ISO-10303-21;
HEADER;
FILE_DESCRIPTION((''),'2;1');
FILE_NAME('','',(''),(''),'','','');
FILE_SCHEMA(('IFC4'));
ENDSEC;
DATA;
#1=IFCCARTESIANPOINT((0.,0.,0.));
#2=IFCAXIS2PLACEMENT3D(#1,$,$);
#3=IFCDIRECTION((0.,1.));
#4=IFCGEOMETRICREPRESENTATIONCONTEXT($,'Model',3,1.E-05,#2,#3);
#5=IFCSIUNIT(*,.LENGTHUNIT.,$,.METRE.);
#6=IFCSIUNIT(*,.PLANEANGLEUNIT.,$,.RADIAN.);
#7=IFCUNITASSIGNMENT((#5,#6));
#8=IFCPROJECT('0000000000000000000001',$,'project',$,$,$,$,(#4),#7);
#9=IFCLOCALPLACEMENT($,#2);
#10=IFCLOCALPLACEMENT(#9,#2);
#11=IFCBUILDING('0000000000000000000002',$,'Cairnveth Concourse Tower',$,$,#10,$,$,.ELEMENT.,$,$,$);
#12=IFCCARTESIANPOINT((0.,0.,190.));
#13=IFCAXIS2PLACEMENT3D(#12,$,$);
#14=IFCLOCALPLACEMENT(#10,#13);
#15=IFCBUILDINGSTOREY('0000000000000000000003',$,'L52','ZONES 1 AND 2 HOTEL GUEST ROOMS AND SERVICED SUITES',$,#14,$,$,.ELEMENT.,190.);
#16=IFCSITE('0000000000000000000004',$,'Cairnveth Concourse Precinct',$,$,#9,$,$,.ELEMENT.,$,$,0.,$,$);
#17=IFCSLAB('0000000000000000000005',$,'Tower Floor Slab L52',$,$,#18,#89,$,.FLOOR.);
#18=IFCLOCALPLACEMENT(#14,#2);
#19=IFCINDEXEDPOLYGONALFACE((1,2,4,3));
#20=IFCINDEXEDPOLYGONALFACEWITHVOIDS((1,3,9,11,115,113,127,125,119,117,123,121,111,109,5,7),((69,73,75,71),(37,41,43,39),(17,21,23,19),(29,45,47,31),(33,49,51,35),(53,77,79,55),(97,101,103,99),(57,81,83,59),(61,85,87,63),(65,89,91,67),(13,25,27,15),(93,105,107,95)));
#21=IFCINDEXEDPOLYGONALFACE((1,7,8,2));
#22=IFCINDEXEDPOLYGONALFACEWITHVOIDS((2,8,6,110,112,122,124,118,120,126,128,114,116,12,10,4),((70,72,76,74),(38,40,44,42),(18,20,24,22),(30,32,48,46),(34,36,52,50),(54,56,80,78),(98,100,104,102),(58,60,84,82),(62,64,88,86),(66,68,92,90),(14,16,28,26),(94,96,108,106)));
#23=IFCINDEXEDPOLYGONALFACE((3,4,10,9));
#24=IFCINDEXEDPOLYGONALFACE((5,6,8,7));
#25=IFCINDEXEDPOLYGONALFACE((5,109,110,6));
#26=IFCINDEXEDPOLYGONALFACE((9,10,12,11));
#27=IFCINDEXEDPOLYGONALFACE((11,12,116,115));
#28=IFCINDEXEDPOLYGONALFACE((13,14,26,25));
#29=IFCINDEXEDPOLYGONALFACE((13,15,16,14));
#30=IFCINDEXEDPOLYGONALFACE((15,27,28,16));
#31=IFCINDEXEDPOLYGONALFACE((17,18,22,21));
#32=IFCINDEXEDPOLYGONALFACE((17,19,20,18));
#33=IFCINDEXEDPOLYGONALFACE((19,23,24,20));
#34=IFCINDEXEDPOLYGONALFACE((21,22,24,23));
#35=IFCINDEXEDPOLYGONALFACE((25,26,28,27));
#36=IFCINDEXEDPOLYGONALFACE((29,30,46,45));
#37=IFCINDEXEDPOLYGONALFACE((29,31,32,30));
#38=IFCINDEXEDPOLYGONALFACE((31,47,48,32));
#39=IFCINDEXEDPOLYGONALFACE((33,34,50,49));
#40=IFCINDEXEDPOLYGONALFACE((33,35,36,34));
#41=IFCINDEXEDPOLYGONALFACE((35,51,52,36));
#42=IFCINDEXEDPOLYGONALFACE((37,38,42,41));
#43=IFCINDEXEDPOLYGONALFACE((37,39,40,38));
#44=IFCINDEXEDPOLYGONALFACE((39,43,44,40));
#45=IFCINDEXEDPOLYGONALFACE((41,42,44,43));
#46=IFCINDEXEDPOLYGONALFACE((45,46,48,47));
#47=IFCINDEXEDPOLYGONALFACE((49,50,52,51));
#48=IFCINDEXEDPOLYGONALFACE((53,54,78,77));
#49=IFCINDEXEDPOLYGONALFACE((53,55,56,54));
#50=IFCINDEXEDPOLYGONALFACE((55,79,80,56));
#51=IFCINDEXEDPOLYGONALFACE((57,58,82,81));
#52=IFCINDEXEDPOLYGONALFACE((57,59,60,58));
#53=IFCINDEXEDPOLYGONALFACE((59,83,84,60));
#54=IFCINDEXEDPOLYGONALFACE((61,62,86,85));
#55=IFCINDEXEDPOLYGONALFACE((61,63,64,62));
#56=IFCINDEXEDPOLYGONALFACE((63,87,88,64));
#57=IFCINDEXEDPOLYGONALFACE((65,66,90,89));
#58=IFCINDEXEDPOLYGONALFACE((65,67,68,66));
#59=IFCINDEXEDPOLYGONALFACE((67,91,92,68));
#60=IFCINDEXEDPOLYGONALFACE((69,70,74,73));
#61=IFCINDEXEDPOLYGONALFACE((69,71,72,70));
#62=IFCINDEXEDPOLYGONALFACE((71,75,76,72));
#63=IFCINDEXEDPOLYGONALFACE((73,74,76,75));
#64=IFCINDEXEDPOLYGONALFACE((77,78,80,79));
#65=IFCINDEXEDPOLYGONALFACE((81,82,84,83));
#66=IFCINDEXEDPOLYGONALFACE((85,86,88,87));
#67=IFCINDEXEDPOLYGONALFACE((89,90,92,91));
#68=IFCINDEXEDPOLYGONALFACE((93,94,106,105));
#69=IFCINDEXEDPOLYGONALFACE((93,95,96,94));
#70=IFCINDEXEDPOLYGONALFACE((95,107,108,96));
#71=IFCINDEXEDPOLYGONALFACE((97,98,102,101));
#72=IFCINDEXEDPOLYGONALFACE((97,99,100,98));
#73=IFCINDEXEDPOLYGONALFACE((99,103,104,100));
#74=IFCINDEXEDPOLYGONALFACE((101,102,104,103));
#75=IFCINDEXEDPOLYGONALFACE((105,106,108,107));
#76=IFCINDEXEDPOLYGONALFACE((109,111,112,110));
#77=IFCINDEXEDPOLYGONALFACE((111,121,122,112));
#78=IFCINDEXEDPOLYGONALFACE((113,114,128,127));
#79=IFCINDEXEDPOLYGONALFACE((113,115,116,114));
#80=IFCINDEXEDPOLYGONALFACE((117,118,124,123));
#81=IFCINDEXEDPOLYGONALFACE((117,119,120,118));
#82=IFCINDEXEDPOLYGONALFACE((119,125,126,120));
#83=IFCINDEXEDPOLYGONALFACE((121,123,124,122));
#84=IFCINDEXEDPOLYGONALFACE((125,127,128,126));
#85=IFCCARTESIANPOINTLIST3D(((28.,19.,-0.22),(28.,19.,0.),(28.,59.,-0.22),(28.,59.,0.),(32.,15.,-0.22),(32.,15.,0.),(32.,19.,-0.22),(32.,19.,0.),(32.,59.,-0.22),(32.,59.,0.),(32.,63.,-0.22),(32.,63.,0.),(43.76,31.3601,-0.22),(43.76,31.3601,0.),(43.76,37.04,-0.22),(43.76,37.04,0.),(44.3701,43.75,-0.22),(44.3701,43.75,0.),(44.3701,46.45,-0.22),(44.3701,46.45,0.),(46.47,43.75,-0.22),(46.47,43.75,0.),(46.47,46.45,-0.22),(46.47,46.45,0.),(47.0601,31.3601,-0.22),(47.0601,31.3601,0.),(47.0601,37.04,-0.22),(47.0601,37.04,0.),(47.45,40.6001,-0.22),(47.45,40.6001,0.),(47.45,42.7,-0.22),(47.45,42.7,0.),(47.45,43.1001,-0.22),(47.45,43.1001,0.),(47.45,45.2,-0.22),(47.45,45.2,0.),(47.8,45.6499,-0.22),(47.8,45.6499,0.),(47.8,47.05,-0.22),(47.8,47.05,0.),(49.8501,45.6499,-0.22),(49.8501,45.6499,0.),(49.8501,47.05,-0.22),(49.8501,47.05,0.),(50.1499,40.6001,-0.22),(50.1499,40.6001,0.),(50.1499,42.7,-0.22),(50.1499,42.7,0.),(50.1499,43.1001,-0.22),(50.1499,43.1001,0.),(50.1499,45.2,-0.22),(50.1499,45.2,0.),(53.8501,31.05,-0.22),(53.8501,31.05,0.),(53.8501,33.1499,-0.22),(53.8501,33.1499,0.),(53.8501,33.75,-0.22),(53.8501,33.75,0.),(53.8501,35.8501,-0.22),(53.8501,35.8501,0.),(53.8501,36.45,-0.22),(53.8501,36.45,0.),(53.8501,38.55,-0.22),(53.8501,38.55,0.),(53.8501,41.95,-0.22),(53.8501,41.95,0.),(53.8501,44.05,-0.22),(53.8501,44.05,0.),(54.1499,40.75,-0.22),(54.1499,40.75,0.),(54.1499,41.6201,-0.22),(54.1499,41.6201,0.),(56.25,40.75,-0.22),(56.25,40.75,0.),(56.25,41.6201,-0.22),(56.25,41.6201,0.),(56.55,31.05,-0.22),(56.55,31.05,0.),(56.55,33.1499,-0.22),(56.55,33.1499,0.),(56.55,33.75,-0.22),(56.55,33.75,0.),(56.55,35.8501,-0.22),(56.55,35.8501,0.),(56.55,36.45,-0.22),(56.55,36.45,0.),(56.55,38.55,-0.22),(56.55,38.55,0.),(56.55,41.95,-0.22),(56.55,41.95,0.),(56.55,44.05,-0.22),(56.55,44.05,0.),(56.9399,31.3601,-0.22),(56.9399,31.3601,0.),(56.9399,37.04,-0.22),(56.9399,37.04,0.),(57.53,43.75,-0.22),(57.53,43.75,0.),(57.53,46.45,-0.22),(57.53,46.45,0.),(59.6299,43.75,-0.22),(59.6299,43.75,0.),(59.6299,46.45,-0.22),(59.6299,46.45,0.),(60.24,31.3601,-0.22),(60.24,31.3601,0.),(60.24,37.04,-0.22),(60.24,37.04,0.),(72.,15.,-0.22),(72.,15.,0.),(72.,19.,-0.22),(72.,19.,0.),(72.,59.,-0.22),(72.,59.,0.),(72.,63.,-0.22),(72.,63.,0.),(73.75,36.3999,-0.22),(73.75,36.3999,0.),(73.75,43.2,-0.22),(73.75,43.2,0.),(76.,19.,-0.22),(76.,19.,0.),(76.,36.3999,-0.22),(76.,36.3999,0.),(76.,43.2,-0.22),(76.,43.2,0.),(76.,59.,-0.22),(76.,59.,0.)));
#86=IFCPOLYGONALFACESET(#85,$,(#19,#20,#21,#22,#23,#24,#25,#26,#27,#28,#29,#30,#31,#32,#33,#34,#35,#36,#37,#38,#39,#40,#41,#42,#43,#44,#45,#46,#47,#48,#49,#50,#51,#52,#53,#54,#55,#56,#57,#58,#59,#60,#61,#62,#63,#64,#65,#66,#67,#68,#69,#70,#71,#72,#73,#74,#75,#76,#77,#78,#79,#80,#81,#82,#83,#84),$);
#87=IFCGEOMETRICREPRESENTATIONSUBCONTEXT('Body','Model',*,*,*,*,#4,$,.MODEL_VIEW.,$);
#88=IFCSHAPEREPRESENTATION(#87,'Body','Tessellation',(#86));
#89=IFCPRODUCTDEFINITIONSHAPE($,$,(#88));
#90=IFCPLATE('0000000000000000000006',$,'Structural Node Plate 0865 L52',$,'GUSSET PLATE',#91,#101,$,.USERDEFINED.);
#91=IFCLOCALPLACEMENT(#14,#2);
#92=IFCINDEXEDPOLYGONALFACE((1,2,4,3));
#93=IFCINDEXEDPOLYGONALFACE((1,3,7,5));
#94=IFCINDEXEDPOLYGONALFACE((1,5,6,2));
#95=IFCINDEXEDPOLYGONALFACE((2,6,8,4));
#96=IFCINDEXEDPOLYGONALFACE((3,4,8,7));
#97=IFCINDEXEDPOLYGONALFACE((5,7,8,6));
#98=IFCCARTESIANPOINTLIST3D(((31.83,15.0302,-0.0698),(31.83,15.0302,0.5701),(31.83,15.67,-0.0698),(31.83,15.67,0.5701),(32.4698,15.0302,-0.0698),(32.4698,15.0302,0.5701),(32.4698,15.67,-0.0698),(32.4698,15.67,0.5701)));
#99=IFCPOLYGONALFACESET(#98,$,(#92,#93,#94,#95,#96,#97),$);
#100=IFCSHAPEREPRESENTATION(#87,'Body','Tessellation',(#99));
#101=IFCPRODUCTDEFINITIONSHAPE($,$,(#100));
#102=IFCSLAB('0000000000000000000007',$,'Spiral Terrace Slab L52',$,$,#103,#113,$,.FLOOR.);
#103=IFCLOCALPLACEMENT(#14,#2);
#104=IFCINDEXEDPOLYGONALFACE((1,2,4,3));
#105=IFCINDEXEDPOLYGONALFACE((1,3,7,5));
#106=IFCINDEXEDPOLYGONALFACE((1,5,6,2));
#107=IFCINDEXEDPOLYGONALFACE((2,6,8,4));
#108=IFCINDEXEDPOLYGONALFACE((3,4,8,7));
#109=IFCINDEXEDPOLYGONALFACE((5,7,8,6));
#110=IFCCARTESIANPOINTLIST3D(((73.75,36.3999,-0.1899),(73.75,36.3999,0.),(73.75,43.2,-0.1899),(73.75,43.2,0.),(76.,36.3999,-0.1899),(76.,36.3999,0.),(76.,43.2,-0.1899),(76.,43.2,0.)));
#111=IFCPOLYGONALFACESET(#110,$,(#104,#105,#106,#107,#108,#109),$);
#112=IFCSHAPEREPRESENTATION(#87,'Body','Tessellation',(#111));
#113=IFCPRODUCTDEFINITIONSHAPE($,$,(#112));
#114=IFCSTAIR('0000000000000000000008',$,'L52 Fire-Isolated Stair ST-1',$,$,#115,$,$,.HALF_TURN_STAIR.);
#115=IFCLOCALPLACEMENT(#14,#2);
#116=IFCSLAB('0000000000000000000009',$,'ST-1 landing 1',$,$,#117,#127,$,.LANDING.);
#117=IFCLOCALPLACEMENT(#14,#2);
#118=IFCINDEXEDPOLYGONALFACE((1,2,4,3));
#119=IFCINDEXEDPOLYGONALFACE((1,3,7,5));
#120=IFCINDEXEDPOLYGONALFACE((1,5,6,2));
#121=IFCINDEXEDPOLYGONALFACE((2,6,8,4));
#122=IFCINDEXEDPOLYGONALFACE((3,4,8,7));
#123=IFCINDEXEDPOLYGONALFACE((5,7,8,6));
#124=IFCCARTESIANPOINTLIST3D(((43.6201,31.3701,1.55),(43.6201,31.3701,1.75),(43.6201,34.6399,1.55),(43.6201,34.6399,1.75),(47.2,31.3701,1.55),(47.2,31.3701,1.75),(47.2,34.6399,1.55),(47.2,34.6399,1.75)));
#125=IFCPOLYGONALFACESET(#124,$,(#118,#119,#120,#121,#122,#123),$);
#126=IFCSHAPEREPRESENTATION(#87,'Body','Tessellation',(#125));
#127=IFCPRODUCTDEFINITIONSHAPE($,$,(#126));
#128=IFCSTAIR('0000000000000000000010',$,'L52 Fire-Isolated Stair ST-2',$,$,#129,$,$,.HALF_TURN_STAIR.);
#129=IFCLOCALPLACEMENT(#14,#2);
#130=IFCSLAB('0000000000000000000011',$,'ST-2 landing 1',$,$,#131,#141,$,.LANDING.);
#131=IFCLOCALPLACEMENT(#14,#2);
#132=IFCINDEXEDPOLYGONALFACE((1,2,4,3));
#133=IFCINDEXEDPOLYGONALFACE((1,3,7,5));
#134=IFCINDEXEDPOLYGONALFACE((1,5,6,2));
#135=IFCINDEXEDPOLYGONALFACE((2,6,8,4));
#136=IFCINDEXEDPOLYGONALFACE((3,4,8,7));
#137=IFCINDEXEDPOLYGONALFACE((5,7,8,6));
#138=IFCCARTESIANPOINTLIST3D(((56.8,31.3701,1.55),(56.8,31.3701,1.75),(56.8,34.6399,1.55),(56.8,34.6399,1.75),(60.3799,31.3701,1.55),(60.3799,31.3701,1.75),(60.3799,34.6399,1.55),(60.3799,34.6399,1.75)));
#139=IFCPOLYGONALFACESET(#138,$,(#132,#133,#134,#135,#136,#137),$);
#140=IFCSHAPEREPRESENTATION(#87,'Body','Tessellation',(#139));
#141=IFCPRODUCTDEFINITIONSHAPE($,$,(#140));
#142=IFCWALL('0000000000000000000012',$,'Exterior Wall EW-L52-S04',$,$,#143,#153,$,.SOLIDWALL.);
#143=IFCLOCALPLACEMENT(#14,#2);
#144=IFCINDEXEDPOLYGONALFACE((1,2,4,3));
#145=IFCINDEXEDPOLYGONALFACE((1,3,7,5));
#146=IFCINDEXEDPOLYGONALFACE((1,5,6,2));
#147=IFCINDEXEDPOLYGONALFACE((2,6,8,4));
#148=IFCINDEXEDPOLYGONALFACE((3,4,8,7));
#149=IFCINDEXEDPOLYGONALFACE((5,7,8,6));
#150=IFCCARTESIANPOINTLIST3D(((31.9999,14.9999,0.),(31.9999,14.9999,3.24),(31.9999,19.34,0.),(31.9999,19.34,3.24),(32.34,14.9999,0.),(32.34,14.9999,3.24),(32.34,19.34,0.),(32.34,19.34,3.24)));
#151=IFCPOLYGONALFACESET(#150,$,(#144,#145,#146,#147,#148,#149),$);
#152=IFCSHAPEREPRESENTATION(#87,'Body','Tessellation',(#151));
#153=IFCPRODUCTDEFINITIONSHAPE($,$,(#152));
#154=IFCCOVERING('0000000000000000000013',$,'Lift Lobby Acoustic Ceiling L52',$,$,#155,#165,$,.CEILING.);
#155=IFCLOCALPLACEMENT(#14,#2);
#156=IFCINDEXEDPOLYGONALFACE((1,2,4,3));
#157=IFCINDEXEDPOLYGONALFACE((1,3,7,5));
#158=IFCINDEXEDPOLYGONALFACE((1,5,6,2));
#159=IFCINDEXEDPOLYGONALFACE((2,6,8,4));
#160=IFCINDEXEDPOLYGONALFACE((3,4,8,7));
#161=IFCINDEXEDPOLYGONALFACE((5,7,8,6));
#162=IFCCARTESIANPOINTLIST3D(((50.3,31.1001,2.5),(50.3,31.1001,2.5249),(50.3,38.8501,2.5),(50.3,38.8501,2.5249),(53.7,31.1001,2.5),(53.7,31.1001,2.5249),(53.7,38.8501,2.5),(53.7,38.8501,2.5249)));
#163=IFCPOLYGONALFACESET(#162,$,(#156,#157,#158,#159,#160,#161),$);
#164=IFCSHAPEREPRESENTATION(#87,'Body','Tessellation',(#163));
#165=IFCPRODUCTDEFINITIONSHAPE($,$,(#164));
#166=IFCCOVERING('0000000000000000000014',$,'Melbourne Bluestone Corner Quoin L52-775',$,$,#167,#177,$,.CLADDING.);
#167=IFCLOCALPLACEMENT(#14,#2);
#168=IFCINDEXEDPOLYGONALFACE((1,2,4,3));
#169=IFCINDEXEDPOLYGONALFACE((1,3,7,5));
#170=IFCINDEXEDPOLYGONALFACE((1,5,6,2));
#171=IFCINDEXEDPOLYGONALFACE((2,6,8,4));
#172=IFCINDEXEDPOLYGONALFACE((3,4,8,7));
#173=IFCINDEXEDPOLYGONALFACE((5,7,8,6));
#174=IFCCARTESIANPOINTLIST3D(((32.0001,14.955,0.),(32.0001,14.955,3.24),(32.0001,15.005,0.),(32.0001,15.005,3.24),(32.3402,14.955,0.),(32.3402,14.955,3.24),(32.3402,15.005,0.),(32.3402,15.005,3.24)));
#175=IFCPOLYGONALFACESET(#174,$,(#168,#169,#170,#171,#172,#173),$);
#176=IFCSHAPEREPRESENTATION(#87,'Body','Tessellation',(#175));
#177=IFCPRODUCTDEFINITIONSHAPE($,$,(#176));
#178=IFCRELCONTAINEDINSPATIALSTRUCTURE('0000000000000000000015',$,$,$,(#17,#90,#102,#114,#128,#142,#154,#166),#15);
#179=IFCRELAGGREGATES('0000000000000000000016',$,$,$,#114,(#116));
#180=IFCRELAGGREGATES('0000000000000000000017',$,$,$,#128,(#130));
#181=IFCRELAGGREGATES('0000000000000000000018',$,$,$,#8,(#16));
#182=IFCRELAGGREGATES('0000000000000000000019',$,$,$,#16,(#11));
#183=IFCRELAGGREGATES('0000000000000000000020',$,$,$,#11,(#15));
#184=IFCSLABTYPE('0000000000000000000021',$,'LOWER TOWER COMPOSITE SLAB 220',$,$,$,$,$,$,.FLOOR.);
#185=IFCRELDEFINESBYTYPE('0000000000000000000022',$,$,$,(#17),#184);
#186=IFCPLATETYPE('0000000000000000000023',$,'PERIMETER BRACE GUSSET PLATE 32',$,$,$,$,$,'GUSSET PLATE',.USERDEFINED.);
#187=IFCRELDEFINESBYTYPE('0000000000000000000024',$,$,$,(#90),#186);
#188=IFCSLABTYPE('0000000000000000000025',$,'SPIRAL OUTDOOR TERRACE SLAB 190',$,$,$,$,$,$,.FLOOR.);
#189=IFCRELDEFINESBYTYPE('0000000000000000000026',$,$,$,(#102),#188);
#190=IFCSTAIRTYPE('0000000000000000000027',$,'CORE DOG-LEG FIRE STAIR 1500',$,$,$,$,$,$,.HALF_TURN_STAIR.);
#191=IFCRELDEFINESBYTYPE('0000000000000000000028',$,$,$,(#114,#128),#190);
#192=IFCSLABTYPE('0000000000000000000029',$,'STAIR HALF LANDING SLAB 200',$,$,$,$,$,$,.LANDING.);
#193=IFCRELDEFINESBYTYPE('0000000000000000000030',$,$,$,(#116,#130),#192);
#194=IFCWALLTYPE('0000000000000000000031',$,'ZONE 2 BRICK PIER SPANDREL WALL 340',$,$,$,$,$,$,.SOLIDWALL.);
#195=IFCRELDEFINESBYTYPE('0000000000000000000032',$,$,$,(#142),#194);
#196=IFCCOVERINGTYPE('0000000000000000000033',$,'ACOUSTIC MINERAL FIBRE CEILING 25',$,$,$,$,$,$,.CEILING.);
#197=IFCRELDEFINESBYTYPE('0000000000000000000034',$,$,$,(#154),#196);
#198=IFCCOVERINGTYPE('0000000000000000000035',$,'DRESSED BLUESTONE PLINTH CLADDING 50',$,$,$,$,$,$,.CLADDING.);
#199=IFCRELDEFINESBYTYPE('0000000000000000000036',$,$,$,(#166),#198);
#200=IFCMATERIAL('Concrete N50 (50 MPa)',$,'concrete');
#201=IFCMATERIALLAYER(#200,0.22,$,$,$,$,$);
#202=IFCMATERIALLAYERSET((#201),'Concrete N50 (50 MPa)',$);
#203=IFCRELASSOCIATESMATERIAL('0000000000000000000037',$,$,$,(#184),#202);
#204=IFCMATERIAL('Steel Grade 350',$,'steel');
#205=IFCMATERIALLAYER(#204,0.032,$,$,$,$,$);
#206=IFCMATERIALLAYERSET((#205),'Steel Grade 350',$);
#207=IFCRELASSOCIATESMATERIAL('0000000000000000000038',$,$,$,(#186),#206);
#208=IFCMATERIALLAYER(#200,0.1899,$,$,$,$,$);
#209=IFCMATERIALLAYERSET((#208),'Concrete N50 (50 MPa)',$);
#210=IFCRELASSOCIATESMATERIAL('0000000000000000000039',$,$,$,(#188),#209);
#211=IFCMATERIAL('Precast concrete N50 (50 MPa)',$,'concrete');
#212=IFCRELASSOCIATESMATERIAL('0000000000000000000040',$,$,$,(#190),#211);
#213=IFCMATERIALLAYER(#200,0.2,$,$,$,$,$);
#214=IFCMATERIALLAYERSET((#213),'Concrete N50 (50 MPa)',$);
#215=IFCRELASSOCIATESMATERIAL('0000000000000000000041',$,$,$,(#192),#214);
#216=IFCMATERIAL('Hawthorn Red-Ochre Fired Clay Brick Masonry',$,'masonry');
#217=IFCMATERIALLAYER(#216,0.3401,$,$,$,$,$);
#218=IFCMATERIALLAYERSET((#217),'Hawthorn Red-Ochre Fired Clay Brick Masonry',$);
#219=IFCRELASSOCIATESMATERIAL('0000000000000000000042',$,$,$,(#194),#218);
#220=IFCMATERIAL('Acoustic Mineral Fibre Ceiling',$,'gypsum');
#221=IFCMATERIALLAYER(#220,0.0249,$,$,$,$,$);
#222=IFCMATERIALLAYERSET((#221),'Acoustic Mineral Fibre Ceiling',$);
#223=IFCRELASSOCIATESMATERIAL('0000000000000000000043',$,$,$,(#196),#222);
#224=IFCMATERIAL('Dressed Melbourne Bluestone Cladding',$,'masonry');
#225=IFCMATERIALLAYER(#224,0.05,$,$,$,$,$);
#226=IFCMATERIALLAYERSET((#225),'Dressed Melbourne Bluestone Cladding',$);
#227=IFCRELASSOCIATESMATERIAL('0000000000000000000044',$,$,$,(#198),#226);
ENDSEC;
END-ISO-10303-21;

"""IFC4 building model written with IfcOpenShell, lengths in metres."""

from ifc_helpers import new_model, si_unit, direction, frame, frame_2d, origin, origin_2d, place, context, subcontext, project, spatial, polyline, rectangle, outline, extrude, material, layer, layer_set, type_object, element, aggregate, save


model = new_model("IFC4")

# Units and contexts
model_context = context("Model", 3, precision=1e-05, world=origin(), true_north=direction((0.0, 1.0)))
body_context = subcontext(model_context, "Body", "Model", "MODEL_VIEW")
ifc_project = project(units=[si_unit("LENGTHUNIT", "METRE"), si_unit("PLANEANGLEUNIT", "RADIAN")], contexts=[model_context])

# Site, building, storey
site_placement = place(None, origin())
site = spatial("IfcSite", under=ifc_project, at=site_placement, Name="Cairnveth Concourse Precinct", CompositionType="ELEMENT", RefElevation=0.0)
building_placement = place(site_placement, origin())
building = spatial("IfcBuilding", under=site, at=building_placement, Name="Cairnveth Concourse Tower", CompositionType="ELEMENT")
storey_placement = place(building_placement, frame((0.0, 0.0, 190.0)))
storey = spatial("IfcBuildingStorey", under=building, at=storey_placement, Name="L52", Description="ZONES 1 AND 2 HOTEL GUEST ROOMS AND SERVICED SUITES", CompositionType="ELEMENT", Elevation=190.0)

# Shared definitions
ifc_material_1 = material(Name="Steel Grade 350", Category="steel")

# Slab
ifc_material_2 = material(Name="Concrete N50 (50 MPa)", Category="concrete")
ifc_layer_1 = layer(ifc_material_2, 0.22)
ifc_layer_set_1 = layer_set([ifc_layer_1], Name="Concrete N50 (50 MPa)")
slab_type_1 = type_object("IfcSlabType", Name="LOWER TOWER COMPOSITE SLAB 220", PredefinedType="FLOOR", material=ifc_layer_set_1)
slab_1_placement = place(storey_placement, frame((0.0, 0.0, -0.22)))
element("IfcSlab", 1, at=slab_1_placement, inside=storey, type_object=slab_type_1, Name="Tower Floor Slab L52", PredefinedType="FLOOR", context=body_context, shape_type="SweptSolid", body=[
    extrude(outline(polyline([(76.0, 36.3999), (73.75, 36.3999), (73.75, 43.2), (76.0, 43.2), (76.0, 59.0), (72.0, 59.0), (72.0, 63.0), (32.0, 63.0), (32.0, 59.0), (28.0, 59.0), (28.0, 19.0), (32.0, 19.0), (32.0, 15.0), (72.0, 15.0), (72.0, 19.0), (76.0, 19.0), (76.0, 36.3999)]), holes=[polyline([(43.76, 31.3601), (47.0601, 31.3601), (47.0601, 37.04), (43.76, 37.04), (43.76, 31.3601)]), polyline([(56.9399, 31.3601), (60.24, 31.3601), (60.24, 37.04), (56.9399, 37.04), (56.9399, 31.3601)]), polyline([(44.3701, 43.75), (46.47, 43.75), (46.47, 46.45), (44.3701, 46.45), (44.3701, 43.75)]), polyline([(57.53, 43.75), (59.6299, 43.75), (59.6299, 46.45), (57.53, 46.45), (57.53, 43.75)]), polyline([(53.8501, 31.05), (56.55, 31.05), (56.55, 33.1499), (53.8501, 33.1499), (53.8501, 31.05)]), polyline([(53.8501, 33.75), (56.55, 33.75), (56.55, 35.8501), (53.8501, 35.8501), (53.8501, 33.75)]), polyline([(53.8501, 36.45), (56.55, 36.45), (56.55, 38.55), (53.8501, 38.55), (53.8501, 36.45)]), polyline([(47.45, 40.6001), (50.1499, 40.6001), (50.1499, 42.7), (47.45, 42.7), (47.45, 40.6001)]), polyline([(47.45, 43.1001), (50.1499, 43.1001), (50.1499, 45.2), (47.45, 45.2), (47.45, 43.1001)]), polyline([(53.8501, 41.95), (56.55, 41.95), (56.55, 44.05), (53.8501, 44.05), (53.8501, 41.95)]), polyline([(47.8, 45.6499), (49.8501, 45.6499), (49.8501, 47.05), (47.8, 47.05), (47.8, 45.6499)]), polyline([(54.1499, 40.75), (56.25, 40.75), (56.25, 41.6201), (54.1499, 41.6201), (54.1499, 40.75)])]), origin(), (0.0, 0.0, 1.0), 0.22),
])

# Plate
ifc_layer_2 = layer(ifc_material_1, 0.032)
ifc_layer_set_2 = layer_set([ifc_layer_2], Name="Steel Grade 350")
plate_type = type_object("IfcPlateType", Name="PERIMETER BRACE GUSSET PLATE 32", ElementType="GUSSET PLATE", PredefinedType="USERDEFINED", material=ifc_layer_set_2)
plate_placement = place(storey_placement, frame((32.1499, 15.3501, -0.0698), z_axis=(0.0, 0.0, 1.0), x_axis=(1.0, 0.0, 0.0)))
element("IfcPlate", 2, at=plate_placement, inside=storey, type_object=plate_type, Name="Structural Node Plate 0865 L52", ObjectType="GUSSET PLATE", PredefinedType="USERDEFINED", context=body_context, shape_type="SweptSolid", body=[
    extrude(rectangle(XDim=0.6399, YDim=0.6399, at=origin_2d()), origin(), (0.0, 0.0, 1.0), 0.6399),
])

# Slab
ifc_layer_3 = layer(ifc_material_2, 0.1899)
ifc_layer_set_3 = layer_set([ifc_layer_3], Name="Concrete N50 (50 MPa)")
slab_type_2 = type_object("IfcSlabType", Name="SPIRAL OUTDOOR TERRACE SLAB 190", PredefinedType="FLOOR", material=ifc_layer_set_3)
slab_2_placement = place(storey_placement, frame((0.0, 0.0, -0.1899)))
element("IfcSlab", 3, at=slab_2_placement, inside=storey, type_object=slab_type_2, Name="Spiral Terrace Slab L52", PredefinedType="FLOOR", context=body_context, shape_type="SweptSolid", body=[
    extrude(outline(polyline([(73.75, 36.3999), (76.0, 36.3999), (76.0, 43.2), (73.75, 43.2), (73.75, 36.3999)])), origin(), (0.0, 0.0, 1.0), 0.1899),
])

# Stairs, slabs
ifc_material_3 = material(Name="Precast concrete N50 (50 MPa)", Category="concrete")
stair_type = type_object("IfcStairType", Name="CORE DOG-LEG FIRE STAIR 1500", PredefinedType="HALF_TURN_STAIR", material=ifc_material_3)
stair_1_placement = place(storey_placement, origin())
stair_1 = element("IfcStair", 4, at=stair_1_placement, inside=storey, type_object=stair_type, Name="L52 Fire-Isolated Stair ST-1", PredefinedType="HALF_TURN_STAIR")
ifc_layer_4 = layer(ifc_material_2, 0.2)
ifc_layer_set_4 = layer_set([ifc_layer_4], Name="Concrete N50 (50 MPa)")
slab_type_3 = type_object("IfcSlabType", Name="STAIR HALF LANDING SLAB 200", PredefinedType="LANDING", material=ifc_layer_set_4)
slab_3_placement = place(storey_placement, frame((0.0, 0.0, 1.55)))
slab_3 = element("IfcSlab", 5, at=slab_3_placement, type_object=slab_type_3, Name="ST-1 landing 1", PredefinedType="LANDING", context=body_context, shape_type="SweptSolid", body=[
    extrude(outline(polyline([(43.6201, 34.6399), (43.6201, 31.3701), (47.2, 31.3701), (47.2, 34.6399), (43.6201, 34.6399)])), origin(), (0.0, 0.0, 1.0), 0.2),
])
aggregate(stair_1, [slab_3])
stair_2_placement = place(storey_placement, origin())
stair_2 = element("IfcStair", 6, at=stair_2_placement, inside=storey, type_object=stair_type, Name="L52 Fire-Isolated Stair ST-2", PredefinedType="HALF_TURN_STAIR")
slab_4_placement = place(storey_placement, frame((0.0, 0.0, 1.55)))
slab_4 = element("IfcSlab", 7, at=slab_4_placement, type_object=slab_type_3, Name="ST-2 landing 1", PredefinedType="LANDING", context=body_context, shape_type="SweptSolid", body=[
    extrude(outline(polyline([(56.8, 34.6399), (56.8, 31.3701), (60.3799, 31.3701), (60.3799, 34.6399), (56.8, 34.6399)])), origin(), (0.0, 0.0, 1.0), 0.2),
])
aggregate(stair_2, [slab_4])

# Wall
ifc_material_4 = material(Name="Hawthorn Red-Ochre Fired Clay Brick Masonry", Category="masonry")
ifc_layer_5 = layer(ifc_material_4, 0.3401)
ifc_layer_set_5 = layer_set([ifc_layer_5], Name="Hawthorn Red-Ochre Fired Clay Brick Masonry")
wall_type = type_object("IfcWallType", Name="ZONE 2 BRICK PIER SPANDREL WALL 340", PredefinedType="SOLIDWALL", material=ifc_layer_set_5)
wall_1_placement = place(storey_placement, frame((32.1699, 15.0, 0.0), z_axis=(0.0, 0.0, 1.0), x_axis=(0.0, 1.0, 0.0)))
element("IfcWall", 8, at=wall_1_placement, inside=storey, type_object=wall_type, Name="Exterior Wall EW-L52-S04", PredefinedType="SOLIDWALL", context=body_context, shape_type="SweptSolid", body=[
    extrude(rectangle(XDim=4.3401, YDim=0.3401, at=frame_2d((2.1699, 0.0))), origin(), (0.0, 0.0, 1.0), 3.24),
])

# Coverings
ifc_material_5 = material(Name="Acoustic Mineral Fibre Ceiling", Category="gypsum")
ifc_layer_6 = layer(ifc_material_5, 0.0249)
ifc_layer_set_6 = layer_set([ifc_layer_6], Name="Acoustic Mineral Fibre Ceiling")
covering_type_1 = type_object("IfcCoveringType", Name="ACOUSTIC MINERAL FIBRE CEILING 25", PredefinedType="CEILING", material=ifc_layer_set_6)
covering_1_placement = place(storey_placement, frame((0.0, 0.0, 2.5)))
element("IfcCovering", 9, at=covering_1_placement, inside=storey, type_object=covering_type_1, Name="Lift Lobby Acoustic Ceiling L52", PredefinedType="CEILING", context=body_context, shape_type="SweptSolid", body=[
    extrude(outline(polyline([(50.3, 31.1001), (53.7, 31.1001), (53.7, 38.8501), (50.3, 38.8501), (50.3, 31.1001)])), origin(), (0.0, 0.0, 1.0), 0.0249),
])
ifc_material_6 = material(Name="Dressed Melbourne Bluestone Cladding", Category="masonry")
ifc_layer_7 = layer(ifc_material_6, 0.05)
ifc_layer_set_7 = layer_set([ifc_layer_7], Name="Dressed Melbourne Bluestone Cladding")
covering_type_2 = type_object("IfcCoveringType", Name="DRESSED BLUESTONE PLINTH CLADDING 50", PredefinedType="CLADDING", material=ifc_layer_set_7)
for number, where, z_axis, x_axis, name in (
    (10, (32.3401, 14.98, 0.0), (0.0, 0.0, 1.0), (-1.0, 0.0, 0.0), "Melbourne Bluestone Corner Quoin L52-775"),
):
    element("IfcCovering", number, at=place(storey_placement, frame(where, z_axis=z_axis, x_axis=x_axis)), inside=storey, type_object=covering_type_2, Name=name, PredefinedType="CLADDING", context=body_context, shape_type="SweptSolid", body=[
        extrude(rectangle(XDim=0.3401, YDim=0.05, at=frame_2d((0.1699, 0.0))), origin(), (0.0, 0.0, 1.0), 3.24),
    ])

save(model, "model.ifc")
